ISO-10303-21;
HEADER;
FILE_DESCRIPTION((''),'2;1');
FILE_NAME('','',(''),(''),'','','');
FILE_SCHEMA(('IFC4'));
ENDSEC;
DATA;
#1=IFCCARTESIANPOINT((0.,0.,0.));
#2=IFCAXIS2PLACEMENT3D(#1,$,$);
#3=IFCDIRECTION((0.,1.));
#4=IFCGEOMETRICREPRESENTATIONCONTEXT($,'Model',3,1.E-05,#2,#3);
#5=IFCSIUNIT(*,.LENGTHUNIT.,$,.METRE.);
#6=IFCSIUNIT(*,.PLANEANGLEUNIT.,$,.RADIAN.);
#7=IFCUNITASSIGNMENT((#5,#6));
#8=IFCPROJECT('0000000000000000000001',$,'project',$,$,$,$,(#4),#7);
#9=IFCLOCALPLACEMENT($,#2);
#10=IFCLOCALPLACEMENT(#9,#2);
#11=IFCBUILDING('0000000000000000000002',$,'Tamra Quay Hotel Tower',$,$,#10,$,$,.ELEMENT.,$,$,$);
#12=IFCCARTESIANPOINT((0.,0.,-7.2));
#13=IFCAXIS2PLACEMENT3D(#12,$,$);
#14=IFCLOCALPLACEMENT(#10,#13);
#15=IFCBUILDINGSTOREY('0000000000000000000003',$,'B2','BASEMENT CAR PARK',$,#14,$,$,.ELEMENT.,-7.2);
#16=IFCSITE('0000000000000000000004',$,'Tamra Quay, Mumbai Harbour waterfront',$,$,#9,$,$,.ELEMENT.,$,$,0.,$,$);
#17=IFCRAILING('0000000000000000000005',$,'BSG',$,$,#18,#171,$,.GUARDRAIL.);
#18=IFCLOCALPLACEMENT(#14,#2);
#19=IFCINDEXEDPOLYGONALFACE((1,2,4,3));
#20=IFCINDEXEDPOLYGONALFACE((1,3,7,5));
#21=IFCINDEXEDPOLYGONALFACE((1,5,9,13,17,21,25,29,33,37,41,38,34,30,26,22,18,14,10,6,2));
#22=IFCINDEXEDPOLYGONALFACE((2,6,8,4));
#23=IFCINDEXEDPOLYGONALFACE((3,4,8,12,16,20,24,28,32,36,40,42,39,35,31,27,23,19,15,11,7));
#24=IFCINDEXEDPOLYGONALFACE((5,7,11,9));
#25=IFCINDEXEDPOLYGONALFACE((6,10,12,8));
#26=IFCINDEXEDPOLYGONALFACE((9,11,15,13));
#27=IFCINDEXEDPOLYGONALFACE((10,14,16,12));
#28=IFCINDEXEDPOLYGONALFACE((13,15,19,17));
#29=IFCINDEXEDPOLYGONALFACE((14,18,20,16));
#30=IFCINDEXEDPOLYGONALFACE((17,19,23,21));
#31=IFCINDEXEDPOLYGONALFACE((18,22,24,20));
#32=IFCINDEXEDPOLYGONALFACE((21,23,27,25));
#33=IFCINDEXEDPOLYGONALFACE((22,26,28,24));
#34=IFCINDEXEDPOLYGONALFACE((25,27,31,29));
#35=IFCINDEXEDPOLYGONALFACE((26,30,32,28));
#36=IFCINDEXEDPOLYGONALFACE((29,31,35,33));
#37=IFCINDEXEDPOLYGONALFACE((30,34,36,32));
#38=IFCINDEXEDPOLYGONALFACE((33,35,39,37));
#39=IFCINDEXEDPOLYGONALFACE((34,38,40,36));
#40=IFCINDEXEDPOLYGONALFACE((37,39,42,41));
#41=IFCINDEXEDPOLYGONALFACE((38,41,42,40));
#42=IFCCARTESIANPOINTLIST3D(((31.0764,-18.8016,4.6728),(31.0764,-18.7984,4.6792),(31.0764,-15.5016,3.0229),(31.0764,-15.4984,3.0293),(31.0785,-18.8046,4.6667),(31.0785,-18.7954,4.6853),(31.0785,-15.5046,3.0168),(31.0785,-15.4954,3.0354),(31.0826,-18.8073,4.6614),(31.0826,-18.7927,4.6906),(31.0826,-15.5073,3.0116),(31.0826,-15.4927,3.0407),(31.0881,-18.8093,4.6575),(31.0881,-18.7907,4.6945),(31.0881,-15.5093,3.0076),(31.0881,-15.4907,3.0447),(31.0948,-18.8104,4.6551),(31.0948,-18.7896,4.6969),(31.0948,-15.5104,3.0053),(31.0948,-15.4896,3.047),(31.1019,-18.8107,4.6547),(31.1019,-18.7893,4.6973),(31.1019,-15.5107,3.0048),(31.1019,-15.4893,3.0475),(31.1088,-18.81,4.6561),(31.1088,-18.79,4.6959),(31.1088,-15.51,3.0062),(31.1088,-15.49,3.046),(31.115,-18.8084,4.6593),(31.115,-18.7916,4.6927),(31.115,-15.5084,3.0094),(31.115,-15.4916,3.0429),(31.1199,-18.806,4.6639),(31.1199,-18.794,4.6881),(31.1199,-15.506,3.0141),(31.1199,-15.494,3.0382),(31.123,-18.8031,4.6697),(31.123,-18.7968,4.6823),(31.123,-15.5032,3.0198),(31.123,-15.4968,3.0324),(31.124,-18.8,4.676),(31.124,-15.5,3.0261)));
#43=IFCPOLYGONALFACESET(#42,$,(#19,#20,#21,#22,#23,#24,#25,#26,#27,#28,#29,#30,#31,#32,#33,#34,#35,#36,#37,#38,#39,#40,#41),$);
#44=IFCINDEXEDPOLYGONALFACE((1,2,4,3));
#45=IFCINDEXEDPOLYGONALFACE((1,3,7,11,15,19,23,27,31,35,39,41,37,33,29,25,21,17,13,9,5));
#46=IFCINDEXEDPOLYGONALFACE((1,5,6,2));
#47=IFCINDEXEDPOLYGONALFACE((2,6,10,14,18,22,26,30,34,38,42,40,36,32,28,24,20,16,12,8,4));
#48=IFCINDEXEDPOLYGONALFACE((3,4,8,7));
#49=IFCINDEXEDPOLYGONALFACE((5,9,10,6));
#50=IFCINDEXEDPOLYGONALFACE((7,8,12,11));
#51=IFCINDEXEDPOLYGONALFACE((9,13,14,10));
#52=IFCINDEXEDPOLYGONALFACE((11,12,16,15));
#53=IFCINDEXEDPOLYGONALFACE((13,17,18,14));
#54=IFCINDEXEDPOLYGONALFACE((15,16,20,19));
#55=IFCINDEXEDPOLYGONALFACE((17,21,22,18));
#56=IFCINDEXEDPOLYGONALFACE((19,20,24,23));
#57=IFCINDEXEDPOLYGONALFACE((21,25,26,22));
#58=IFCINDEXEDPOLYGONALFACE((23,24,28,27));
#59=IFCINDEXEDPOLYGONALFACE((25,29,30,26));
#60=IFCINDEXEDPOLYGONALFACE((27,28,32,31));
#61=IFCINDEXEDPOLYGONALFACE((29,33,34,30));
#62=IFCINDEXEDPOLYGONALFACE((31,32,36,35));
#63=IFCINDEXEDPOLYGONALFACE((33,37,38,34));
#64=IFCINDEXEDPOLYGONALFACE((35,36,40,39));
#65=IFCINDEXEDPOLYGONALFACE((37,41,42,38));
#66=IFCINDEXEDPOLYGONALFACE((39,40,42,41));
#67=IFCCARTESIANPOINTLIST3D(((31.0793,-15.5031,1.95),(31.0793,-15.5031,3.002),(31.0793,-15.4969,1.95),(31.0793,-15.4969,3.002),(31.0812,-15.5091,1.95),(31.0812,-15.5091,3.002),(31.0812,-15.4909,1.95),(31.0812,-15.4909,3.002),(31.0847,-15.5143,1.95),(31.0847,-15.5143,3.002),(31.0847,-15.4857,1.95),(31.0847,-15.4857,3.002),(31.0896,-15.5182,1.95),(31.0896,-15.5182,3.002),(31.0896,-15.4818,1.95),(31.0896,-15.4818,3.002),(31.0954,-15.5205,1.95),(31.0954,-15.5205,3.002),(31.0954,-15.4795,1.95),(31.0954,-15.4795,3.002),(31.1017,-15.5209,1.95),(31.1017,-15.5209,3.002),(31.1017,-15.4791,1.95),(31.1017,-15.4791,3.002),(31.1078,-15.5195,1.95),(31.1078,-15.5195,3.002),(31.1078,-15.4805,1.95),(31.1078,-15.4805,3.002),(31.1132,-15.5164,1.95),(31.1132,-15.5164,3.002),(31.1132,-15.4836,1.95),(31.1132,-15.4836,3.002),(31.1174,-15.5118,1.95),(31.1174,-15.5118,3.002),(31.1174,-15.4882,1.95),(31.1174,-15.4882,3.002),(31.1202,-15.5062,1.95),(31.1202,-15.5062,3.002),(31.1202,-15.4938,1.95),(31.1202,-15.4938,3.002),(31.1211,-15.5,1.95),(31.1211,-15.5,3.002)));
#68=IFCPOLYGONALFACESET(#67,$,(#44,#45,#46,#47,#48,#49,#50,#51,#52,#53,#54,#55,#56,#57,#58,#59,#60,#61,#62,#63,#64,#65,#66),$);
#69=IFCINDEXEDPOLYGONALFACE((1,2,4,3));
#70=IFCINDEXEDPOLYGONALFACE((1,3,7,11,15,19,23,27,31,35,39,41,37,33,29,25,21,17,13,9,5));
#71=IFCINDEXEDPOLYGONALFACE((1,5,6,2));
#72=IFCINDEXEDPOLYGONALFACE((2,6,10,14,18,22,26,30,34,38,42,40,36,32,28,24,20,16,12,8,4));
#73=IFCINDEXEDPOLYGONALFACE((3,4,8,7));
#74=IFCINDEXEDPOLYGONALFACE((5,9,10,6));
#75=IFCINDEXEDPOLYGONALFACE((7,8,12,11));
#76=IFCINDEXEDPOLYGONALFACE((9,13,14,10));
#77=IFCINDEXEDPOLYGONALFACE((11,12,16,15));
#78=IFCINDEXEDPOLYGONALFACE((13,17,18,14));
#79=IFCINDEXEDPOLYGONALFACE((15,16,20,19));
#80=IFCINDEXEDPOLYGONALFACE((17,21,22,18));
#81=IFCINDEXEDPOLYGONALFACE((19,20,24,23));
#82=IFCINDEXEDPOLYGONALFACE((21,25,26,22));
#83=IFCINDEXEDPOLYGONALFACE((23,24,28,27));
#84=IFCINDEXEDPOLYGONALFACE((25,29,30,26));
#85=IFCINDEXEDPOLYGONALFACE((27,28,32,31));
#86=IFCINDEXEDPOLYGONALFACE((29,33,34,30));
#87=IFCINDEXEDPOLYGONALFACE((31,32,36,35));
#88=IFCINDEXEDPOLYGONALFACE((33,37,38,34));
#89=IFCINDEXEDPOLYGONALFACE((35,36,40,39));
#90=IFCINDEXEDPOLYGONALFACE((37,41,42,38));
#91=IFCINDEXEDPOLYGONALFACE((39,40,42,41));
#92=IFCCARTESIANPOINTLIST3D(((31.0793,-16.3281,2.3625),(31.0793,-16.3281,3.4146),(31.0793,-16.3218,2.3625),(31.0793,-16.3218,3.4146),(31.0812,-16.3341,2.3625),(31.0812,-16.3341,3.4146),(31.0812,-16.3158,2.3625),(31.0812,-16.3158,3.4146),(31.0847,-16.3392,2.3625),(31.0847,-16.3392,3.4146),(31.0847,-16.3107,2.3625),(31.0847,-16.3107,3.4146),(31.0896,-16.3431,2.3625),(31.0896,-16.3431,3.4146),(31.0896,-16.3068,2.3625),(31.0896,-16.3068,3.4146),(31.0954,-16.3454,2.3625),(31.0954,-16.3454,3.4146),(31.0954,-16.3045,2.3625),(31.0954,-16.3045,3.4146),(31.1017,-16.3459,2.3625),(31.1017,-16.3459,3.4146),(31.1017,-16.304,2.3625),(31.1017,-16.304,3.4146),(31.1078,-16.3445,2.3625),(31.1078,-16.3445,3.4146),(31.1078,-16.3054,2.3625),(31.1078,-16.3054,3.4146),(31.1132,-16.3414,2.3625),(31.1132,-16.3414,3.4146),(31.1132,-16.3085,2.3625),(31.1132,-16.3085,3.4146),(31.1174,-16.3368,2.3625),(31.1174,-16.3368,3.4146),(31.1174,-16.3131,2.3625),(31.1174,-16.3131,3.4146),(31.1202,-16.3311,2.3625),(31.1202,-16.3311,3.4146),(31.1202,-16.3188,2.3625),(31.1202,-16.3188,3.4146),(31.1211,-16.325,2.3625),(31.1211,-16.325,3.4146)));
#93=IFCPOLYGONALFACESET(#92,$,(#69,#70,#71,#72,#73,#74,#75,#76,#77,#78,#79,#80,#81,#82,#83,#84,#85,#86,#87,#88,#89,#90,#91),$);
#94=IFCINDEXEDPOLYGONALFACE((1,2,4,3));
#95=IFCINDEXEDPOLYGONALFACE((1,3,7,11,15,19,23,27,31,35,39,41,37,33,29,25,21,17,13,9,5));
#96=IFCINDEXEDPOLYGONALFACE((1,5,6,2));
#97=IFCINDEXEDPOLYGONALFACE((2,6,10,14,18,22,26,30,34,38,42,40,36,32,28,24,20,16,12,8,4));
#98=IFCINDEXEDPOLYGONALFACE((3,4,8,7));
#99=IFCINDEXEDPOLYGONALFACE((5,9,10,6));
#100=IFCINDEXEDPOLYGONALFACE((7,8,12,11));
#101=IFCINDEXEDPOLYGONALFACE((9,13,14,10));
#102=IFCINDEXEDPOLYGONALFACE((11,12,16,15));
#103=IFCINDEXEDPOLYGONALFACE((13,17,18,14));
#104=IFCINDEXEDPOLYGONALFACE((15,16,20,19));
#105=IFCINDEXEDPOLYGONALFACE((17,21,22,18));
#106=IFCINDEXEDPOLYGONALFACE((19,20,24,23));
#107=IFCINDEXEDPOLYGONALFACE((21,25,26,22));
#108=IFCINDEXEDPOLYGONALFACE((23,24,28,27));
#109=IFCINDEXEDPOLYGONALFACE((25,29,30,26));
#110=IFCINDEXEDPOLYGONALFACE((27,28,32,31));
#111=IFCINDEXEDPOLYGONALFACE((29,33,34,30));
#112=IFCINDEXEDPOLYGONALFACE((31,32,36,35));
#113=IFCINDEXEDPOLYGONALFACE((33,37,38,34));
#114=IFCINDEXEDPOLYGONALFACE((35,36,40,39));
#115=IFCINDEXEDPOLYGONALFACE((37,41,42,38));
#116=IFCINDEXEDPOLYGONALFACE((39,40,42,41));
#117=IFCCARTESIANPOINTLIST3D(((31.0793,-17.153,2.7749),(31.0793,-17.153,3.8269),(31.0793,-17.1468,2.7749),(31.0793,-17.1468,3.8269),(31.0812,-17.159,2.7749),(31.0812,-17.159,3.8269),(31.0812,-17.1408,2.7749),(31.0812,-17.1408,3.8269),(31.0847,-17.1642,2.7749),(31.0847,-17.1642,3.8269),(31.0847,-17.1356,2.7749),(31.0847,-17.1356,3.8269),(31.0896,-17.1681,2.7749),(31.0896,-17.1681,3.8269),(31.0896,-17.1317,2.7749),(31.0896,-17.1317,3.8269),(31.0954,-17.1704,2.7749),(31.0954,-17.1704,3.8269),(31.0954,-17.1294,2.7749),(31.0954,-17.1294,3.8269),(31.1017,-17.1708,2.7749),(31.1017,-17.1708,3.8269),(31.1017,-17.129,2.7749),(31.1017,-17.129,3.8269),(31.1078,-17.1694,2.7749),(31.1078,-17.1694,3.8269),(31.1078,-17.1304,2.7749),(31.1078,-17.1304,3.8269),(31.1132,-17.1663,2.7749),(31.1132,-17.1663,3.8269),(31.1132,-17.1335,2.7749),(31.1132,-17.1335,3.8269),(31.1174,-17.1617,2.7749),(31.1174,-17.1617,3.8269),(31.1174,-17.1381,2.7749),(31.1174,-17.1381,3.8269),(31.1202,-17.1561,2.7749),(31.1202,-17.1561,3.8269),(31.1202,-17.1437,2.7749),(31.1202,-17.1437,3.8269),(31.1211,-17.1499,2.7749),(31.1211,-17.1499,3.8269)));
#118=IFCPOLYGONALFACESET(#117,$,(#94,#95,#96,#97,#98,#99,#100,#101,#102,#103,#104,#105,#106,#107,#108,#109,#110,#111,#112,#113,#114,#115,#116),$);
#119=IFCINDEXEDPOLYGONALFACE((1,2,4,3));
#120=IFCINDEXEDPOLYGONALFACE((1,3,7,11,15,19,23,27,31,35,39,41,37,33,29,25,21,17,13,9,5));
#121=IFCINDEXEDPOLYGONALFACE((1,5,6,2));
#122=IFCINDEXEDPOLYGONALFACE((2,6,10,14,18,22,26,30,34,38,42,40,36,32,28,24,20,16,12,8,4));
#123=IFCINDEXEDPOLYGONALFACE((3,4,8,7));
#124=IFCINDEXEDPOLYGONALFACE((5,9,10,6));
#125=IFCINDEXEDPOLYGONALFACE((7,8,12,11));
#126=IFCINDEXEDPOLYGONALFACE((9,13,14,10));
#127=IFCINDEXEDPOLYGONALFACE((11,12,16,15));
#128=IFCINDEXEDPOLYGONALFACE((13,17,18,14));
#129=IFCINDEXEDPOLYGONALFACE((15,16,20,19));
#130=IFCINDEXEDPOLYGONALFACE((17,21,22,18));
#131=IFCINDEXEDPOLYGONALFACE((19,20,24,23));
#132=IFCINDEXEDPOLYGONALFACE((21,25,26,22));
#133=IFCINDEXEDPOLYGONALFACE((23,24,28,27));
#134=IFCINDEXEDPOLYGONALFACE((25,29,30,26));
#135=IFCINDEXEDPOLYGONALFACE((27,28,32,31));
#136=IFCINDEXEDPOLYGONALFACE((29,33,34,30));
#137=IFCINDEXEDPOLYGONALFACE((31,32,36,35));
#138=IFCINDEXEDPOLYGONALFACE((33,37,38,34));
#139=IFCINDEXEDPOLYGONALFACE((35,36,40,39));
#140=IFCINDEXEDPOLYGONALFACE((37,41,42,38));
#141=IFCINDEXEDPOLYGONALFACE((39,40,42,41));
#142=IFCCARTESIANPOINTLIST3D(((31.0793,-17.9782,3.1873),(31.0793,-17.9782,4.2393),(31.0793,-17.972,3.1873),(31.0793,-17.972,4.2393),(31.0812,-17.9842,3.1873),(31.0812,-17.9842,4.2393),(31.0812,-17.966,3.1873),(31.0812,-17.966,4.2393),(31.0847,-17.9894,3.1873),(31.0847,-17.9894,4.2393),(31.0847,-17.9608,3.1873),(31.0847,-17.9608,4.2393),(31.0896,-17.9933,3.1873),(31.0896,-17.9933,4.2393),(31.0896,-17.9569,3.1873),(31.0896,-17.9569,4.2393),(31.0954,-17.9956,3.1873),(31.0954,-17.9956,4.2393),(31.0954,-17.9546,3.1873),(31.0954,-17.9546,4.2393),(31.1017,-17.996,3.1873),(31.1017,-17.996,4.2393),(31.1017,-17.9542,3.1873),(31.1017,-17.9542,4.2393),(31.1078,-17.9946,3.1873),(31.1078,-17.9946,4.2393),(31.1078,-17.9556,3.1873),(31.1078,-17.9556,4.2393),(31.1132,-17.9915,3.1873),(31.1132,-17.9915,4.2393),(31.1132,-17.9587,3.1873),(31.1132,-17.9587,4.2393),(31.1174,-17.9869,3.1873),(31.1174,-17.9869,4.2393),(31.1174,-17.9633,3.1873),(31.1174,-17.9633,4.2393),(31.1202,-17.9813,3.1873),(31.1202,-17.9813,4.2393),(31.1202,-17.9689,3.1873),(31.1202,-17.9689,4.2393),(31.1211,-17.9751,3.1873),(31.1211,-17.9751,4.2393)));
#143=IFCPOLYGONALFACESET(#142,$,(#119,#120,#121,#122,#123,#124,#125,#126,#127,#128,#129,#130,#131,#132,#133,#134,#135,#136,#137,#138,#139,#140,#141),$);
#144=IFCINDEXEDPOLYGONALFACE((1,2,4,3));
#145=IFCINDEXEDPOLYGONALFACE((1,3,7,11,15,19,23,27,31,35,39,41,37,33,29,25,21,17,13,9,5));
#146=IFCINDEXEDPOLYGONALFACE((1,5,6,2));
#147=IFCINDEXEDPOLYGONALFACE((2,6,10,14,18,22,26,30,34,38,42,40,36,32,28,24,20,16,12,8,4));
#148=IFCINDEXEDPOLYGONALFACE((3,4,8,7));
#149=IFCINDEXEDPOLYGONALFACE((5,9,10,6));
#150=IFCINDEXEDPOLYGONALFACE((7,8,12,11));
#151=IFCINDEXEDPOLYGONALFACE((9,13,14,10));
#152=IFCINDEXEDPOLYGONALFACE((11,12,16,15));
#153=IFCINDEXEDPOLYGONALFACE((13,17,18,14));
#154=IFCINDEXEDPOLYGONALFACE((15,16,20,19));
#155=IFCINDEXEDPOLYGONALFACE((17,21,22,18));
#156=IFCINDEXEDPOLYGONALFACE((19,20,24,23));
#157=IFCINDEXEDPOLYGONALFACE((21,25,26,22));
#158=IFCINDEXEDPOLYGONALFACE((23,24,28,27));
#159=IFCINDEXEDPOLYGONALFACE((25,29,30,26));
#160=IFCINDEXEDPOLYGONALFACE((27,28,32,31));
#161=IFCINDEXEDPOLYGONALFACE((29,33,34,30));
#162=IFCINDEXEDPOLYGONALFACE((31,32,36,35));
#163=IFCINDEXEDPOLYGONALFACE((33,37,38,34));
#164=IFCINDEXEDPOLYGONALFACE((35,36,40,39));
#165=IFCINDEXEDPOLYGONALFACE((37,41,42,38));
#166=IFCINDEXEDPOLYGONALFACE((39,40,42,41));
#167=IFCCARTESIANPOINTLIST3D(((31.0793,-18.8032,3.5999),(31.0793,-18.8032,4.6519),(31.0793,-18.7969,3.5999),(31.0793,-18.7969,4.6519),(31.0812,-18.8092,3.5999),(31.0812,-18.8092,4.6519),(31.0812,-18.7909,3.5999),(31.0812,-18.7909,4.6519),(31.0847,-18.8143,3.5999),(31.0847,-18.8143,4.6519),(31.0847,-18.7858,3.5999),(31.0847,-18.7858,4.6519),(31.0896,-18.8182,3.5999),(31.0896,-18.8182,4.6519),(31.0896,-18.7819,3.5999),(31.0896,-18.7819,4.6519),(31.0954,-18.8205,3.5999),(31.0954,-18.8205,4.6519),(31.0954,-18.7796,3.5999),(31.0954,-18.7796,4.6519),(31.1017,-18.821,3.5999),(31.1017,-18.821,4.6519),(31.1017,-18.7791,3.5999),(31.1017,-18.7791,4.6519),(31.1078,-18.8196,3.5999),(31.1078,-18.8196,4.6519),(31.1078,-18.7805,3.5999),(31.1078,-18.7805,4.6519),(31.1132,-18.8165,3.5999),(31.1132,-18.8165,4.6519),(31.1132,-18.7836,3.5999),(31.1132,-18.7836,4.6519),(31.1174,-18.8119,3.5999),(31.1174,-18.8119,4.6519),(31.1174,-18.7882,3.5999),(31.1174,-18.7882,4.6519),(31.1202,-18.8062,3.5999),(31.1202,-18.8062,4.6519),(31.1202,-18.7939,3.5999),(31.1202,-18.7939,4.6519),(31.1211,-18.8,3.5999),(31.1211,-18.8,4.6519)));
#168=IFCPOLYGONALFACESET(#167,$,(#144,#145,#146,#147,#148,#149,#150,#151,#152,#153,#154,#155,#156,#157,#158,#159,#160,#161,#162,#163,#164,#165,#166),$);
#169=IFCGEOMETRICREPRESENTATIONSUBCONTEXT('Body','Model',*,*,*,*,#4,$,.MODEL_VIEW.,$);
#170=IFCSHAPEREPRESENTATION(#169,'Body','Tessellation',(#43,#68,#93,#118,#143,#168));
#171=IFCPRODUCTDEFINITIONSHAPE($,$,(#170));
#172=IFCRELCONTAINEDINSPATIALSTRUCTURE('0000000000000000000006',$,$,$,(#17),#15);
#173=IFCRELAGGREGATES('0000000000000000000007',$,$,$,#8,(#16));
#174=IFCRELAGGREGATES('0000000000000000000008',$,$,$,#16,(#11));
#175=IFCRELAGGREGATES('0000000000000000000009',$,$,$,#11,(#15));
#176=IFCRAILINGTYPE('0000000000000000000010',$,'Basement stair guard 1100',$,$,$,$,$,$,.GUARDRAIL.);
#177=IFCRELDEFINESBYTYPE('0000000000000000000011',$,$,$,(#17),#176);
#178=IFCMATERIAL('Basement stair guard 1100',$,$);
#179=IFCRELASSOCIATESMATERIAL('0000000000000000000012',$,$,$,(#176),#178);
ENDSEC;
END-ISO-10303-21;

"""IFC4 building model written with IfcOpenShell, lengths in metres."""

from ifc_helpers import new_model, si_unit, direction, frame, origin, origin_2d, place, context, subcontext, project, spatial, circle, extrude, material, type_object, element, save


model = new_model("IFC4")

# Units and contexts
model_context = context("Model", 3, precision=1e-05, world=origin(), true_north=direction((0.0, 1.0)))
body_context = subcontext(model_context, "Body", "Model", "MODEL_VIEW")
ifc_project = project(units=[si_unit("LENGTHUNIT", "METRE"), si_unit("PLANEANGLEUNIT", "RADIAN")], contexts=[model_context])

# Site, building, storey
site_placement = place(None, origin())
site = spatial("IfcSite", under=ifc_project, at=site_placement, Name="Tamra Quay, Mumbai Harbour waterfront", CompositionType="ELEMENT", RefElevation=0.0)
building_placement = place(site_placement, origin())
building = spatial("IfcBuilding", under=site, at=building_placement, Name="Tamra Quay Hotel Tower", CompositionType="ELEMENT")
storey_placement = place(building_placement, frame((0.0, 0.0, -7.2)))
storey = spatial("IfcBuildingStorey", under=building, at=storey_placement, Name="B2", Description="BASEMENT CAR PARK", CompositionType="ELEMENT", Elevation=-7.2)

# Railing
ifc_material_1 = material(Name="Basement stair guard 1100")
railing_type_1 = type_object("IfcRailingType", Name="Basement stair guard 1100", PredefinedType="GUARDRAIL", material=ifc_material_1)
railing_1_placement = place(storey_placement, frame((31.1001, -15.5, 1.95)))
element("IfcRailing", 1, at=railing_1_placement, inside=storey, type_object=railing_type_1, Name="BSG", PredefinedType="GUARDRAIL", context=body_context, shape_type="SweptSolid", body=[
    extrude(circle(Radius=0.0239, at=origin_2d()), frame((0.0, 0.0, 1.0762), z_axis=(0.0, -0.89444, 0.447187), x_axis=(1.0, 0.0, 0.0)), (0.0, 0.0, 1.0), 3.6895),
    extrude(circle(Radius=0.021, at=origin_2d()), origin(), (0.0, 0.0, 1.0), 1.052),
    extrude(circle(Radius=0.021, at=origin_2d()), frame((0.0, -0.825, 0.4126)), (0.0, 0.0, 1.0), 1.052),
    extrude(circle(Radius=0.021, at=origin_2d()), frame((0.0, -1.6499, 0.825)), (0.0, 0.0, 1.0), 1.052),
    extrude(circle(Radius=0.021, at=origin_2d()), frame((0.0, -2.4751, 1.2373)), (0.0, 0.0, 1.0), 1.052),
    extrude(circle(Radius=0.021, at=origin_2d()), frame((0.0, -3.3, 1.6499)), (0.0, 0.0, 1.0), 1.052),
])

save(model, "model.ifc")
